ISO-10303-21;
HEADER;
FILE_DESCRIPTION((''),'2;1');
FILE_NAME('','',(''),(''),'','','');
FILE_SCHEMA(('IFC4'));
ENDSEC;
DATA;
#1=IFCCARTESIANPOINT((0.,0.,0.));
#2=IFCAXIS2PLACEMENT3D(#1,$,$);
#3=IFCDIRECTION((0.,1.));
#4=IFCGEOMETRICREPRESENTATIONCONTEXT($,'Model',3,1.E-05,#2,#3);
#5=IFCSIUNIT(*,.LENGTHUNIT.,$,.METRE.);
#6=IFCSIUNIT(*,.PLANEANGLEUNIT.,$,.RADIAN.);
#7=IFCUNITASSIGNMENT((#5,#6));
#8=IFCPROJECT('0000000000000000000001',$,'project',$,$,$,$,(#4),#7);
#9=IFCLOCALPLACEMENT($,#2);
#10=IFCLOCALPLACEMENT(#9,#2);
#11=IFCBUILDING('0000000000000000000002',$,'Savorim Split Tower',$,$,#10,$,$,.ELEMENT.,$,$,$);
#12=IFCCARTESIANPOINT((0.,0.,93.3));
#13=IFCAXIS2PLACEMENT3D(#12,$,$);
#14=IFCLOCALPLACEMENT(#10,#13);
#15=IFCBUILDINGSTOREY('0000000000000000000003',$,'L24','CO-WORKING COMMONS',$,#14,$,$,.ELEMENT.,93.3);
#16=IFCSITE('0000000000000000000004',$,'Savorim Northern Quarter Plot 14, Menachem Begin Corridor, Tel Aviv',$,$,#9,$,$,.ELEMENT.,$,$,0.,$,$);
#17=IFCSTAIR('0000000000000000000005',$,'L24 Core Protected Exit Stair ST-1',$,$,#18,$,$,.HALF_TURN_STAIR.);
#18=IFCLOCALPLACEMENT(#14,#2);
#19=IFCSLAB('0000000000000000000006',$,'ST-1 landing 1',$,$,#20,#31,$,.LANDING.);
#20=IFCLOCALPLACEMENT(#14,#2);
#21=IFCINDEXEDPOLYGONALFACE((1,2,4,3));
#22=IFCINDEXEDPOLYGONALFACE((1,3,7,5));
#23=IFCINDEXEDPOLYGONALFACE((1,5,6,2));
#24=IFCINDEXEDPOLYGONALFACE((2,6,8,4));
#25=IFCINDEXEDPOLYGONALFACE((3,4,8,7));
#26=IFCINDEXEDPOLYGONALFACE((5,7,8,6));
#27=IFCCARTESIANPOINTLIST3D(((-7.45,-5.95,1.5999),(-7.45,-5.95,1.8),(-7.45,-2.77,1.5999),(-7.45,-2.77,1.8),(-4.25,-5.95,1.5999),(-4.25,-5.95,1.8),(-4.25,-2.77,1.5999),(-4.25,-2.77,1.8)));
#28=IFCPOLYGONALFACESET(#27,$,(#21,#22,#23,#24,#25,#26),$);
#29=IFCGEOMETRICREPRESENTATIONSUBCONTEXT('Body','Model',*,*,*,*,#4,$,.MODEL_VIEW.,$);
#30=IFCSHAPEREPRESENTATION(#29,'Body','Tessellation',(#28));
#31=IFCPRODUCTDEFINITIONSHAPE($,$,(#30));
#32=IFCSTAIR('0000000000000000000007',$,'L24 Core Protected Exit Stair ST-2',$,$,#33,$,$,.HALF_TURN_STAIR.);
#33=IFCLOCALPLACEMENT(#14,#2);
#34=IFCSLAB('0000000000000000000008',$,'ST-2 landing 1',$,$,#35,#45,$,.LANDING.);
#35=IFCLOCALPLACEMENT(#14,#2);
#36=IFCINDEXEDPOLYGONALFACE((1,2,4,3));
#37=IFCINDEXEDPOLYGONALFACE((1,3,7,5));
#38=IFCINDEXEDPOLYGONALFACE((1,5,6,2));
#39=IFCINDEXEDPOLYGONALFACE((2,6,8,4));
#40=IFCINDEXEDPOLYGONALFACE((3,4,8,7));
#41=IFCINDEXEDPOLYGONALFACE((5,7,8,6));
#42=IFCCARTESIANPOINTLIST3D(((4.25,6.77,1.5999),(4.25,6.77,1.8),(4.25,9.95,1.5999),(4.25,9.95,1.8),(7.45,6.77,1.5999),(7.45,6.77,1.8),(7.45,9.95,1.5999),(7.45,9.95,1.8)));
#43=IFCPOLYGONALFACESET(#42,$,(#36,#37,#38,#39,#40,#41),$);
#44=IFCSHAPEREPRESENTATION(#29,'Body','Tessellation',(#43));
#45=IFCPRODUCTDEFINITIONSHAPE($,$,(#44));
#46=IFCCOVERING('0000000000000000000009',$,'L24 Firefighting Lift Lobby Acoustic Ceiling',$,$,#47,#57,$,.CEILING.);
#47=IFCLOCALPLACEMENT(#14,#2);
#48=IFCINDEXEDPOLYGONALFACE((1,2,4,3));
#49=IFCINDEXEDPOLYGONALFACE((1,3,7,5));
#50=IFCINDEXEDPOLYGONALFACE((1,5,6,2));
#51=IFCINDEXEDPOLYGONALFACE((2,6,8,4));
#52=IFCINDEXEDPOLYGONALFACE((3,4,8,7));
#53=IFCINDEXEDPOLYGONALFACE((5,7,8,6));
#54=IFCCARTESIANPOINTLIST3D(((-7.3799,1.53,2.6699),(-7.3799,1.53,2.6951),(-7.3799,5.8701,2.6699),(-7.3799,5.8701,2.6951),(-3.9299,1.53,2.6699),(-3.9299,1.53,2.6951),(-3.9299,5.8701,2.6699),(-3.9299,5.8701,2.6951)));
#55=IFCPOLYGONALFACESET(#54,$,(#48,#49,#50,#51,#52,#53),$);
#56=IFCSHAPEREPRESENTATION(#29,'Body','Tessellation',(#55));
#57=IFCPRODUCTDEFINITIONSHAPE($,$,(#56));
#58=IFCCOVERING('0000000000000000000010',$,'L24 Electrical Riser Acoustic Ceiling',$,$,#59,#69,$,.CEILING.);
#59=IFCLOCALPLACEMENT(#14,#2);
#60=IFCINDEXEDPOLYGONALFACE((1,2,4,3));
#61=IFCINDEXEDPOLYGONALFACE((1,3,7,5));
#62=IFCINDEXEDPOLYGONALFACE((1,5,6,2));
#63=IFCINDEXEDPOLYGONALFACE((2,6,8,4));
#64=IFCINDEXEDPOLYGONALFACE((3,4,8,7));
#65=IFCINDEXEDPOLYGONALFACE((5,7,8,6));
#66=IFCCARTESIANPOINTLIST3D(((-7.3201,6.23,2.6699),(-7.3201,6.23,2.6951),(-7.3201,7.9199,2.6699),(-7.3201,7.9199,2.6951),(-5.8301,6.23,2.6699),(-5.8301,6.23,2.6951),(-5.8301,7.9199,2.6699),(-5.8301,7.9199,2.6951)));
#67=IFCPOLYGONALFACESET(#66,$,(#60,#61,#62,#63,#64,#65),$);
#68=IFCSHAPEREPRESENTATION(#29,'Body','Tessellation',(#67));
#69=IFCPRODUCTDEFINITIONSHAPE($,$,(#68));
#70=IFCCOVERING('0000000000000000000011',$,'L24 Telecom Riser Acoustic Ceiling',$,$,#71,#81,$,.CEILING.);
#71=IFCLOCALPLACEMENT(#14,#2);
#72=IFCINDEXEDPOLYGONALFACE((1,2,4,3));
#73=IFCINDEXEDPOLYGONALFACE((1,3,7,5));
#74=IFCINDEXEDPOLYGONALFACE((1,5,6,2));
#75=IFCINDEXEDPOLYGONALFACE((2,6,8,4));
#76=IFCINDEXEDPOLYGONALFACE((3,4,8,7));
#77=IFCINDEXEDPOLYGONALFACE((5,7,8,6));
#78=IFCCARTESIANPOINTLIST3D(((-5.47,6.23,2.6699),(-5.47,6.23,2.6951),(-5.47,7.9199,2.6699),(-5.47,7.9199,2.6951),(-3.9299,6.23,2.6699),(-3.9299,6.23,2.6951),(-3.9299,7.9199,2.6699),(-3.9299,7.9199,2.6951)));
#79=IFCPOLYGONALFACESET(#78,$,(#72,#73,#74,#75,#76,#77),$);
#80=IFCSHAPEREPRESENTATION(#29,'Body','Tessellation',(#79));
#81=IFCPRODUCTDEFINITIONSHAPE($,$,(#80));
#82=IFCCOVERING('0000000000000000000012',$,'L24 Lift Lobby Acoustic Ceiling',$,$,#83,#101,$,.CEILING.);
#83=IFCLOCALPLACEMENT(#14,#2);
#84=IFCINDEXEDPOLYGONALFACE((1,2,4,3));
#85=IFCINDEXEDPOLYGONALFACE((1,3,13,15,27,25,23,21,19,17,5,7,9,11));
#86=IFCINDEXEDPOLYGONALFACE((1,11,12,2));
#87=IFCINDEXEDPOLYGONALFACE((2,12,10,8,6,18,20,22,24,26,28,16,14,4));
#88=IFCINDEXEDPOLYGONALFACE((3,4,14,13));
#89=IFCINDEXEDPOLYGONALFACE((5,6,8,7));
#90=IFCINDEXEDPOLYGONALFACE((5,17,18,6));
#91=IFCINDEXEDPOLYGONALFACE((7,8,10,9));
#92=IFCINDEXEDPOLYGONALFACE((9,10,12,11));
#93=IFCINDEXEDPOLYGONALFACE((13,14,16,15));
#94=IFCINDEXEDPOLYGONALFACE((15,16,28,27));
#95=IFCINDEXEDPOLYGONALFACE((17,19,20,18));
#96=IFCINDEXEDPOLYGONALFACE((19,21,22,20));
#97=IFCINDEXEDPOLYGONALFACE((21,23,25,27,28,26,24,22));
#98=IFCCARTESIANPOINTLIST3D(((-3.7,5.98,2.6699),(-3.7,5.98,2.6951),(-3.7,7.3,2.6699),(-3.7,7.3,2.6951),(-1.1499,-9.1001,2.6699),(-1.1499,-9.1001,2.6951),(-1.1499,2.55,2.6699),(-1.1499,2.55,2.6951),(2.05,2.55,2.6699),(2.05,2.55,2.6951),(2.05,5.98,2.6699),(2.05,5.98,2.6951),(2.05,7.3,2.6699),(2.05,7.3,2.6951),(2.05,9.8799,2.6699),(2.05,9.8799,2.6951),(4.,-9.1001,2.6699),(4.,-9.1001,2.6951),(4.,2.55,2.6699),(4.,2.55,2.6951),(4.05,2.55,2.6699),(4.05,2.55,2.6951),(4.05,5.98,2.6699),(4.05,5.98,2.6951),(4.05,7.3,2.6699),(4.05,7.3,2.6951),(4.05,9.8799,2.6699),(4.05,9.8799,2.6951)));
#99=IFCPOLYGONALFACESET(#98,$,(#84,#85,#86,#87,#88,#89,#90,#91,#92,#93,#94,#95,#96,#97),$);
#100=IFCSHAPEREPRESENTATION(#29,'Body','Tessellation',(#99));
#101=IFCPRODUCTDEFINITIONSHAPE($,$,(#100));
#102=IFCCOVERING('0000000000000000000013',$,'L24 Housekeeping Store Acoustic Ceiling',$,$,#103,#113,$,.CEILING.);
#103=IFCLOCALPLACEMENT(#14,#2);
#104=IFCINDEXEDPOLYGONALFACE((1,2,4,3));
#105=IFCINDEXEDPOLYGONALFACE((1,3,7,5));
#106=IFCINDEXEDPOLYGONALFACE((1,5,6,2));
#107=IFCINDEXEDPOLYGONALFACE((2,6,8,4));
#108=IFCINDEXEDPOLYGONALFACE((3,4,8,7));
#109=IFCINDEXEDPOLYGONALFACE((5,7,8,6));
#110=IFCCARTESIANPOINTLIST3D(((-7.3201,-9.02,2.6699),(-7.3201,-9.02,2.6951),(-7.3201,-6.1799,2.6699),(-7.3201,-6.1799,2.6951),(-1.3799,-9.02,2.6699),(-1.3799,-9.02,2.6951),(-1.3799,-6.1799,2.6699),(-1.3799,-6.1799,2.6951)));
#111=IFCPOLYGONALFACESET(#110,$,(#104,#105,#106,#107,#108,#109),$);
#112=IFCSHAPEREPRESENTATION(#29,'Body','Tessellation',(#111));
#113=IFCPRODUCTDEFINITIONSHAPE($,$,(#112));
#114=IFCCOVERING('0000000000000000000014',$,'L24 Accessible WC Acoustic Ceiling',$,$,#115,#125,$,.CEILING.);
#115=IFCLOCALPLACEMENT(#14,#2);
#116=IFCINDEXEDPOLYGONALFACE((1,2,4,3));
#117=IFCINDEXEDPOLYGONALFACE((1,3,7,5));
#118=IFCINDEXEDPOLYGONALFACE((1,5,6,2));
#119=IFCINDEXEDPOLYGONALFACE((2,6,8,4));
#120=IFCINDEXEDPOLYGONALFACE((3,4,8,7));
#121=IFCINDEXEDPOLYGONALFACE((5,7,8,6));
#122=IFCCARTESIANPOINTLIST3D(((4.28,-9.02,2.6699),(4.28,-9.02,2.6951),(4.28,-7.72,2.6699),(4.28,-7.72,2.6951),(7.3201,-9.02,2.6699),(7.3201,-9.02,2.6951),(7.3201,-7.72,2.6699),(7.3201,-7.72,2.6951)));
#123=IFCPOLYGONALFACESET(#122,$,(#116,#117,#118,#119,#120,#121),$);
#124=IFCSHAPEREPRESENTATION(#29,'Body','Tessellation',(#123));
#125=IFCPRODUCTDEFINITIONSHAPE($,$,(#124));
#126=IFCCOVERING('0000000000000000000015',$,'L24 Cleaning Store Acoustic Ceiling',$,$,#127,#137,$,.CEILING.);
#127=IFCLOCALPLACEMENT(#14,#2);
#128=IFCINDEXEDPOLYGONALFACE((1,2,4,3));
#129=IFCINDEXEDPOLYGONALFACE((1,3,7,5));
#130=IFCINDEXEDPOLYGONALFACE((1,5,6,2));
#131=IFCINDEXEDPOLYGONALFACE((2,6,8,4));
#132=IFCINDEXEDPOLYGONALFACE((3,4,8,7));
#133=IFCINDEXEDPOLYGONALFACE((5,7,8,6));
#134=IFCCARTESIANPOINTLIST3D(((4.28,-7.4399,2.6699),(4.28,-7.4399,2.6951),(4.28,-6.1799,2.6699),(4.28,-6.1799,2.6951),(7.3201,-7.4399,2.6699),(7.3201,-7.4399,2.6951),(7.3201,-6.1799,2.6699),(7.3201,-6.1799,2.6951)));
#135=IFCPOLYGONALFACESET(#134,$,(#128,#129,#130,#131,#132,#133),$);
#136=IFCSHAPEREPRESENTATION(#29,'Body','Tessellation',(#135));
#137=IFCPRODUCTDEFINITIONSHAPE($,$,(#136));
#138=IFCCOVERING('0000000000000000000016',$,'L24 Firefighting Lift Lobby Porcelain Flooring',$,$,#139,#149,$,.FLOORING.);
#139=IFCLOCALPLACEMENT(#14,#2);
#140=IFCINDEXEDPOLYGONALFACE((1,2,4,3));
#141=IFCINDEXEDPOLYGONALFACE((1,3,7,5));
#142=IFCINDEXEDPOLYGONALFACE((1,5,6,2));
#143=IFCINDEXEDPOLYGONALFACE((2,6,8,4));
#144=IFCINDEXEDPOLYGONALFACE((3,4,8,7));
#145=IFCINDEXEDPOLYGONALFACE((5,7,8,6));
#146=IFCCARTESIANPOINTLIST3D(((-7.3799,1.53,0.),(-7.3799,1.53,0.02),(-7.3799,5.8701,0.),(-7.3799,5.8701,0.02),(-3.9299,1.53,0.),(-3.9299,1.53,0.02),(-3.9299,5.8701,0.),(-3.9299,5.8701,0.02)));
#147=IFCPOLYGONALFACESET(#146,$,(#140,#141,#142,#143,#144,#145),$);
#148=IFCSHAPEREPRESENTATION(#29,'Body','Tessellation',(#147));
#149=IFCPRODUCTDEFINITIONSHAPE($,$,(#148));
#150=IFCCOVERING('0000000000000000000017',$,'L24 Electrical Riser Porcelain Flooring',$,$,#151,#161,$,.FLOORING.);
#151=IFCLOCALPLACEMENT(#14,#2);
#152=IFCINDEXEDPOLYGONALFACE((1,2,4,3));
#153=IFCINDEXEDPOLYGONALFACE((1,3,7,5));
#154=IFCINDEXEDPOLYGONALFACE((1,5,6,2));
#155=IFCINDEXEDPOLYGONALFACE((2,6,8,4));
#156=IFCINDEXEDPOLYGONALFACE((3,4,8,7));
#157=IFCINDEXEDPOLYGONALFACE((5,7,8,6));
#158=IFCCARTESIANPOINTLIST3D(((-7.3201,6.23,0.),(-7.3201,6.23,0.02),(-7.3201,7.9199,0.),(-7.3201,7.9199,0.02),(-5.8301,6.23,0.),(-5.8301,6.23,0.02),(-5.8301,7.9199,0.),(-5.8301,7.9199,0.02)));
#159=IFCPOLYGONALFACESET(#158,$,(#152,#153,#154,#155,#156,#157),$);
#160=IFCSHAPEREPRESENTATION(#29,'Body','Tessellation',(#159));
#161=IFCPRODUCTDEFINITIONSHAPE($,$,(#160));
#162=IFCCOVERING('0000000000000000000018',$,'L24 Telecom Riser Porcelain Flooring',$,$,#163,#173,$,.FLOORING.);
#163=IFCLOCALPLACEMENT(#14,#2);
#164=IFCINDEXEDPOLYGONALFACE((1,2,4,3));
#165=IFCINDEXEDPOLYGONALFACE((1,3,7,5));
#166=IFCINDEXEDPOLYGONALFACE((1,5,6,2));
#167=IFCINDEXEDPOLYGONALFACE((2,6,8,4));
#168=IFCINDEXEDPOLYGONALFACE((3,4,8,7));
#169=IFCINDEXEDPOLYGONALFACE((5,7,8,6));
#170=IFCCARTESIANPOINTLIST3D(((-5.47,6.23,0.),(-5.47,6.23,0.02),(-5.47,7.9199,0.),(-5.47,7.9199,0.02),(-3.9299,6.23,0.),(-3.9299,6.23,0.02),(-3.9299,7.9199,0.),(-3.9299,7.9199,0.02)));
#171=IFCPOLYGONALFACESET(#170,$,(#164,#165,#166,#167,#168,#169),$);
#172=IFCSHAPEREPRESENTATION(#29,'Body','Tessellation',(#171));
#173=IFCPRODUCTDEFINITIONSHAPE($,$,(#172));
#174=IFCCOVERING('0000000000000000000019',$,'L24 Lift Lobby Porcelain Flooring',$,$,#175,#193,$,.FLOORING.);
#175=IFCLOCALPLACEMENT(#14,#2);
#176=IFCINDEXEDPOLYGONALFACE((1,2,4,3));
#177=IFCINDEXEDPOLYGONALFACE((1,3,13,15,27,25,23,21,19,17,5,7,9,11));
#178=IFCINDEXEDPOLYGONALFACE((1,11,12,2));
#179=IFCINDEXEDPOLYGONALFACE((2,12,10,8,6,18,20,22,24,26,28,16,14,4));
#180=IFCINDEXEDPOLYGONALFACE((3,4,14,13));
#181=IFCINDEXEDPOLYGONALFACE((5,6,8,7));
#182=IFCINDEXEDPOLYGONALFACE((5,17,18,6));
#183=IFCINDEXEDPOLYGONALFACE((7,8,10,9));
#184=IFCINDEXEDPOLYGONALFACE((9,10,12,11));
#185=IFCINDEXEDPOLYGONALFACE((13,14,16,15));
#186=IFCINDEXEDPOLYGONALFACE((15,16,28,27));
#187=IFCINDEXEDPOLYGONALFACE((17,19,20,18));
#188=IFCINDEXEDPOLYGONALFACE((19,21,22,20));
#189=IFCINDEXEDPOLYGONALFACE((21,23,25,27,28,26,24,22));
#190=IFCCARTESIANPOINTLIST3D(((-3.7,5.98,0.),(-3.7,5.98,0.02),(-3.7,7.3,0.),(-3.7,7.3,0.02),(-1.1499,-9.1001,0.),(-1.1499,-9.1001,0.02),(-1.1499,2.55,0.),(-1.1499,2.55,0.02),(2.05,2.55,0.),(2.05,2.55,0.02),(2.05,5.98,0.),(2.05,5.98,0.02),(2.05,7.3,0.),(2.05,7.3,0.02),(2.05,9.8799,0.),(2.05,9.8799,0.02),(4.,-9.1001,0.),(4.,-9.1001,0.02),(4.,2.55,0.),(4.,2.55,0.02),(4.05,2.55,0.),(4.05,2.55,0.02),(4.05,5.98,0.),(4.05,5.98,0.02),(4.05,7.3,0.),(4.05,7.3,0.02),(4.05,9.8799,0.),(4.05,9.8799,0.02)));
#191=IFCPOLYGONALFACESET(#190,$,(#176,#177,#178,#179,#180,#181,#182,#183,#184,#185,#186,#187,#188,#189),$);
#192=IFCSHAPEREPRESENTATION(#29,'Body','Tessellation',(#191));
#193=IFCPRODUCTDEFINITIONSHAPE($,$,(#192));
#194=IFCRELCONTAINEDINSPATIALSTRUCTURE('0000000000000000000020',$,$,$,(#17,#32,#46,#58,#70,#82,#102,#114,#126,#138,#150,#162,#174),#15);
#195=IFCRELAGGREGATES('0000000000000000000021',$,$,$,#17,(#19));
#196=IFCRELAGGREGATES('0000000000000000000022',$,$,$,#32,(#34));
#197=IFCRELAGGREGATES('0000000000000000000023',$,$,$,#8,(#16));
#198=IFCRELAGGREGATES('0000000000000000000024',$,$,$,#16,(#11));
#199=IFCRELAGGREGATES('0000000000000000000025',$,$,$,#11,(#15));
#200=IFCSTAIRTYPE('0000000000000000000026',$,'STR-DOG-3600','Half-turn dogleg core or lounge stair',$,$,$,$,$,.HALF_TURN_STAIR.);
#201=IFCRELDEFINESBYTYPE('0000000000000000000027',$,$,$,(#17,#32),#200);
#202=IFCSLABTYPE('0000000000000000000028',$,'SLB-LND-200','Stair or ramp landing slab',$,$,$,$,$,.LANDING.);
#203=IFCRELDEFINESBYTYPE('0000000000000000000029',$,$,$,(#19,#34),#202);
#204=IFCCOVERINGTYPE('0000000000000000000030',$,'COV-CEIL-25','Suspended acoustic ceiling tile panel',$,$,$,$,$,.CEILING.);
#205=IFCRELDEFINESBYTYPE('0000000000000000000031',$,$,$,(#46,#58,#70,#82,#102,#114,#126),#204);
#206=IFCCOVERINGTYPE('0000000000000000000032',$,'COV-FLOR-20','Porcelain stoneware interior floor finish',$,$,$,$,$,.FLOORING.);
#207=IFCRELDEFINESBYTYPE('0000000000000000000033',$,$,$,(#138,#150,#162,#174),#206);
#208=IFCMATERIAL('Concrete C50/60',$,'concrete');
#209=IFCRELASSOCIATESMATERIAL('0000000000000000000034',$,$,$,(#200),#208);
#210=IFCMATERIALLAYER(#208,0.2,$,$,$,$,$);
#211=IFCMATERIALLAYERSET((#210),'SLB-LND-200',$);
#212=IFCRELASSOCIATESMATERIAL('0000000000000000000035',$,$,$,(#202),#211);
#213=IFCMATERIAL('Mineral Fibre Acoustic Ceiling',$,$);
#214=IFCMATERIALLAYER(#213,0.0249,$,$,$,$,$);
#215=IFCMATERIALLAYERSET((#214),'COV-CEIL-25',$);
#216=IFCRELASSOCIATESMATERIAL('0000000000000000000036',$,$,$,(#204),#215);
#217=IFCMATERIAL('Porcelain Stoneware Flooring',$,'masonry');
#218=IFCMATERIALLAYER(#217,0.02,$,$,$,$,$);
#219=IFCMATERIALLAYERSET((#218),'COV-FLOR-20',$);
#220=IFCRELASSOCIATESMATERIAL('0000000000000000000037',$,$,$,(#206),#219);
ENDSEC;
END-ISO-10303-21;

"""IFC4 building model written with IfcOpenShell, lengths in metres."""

from ifc_helpers import new_model, si_unit, direction, frame, origin, place, context, subcontext, project, spatial, polyline, outline, extrude, material, layer, layer_set, type_object, element, aggregate, save


model = new_model("IFC4")

# Units and contexts
model_context = context("Model", 3, precision=1e-05, world=origin(), true_north=direction((0.0, 1.0)))
body_context = subcontext(model_context, "Body", "Model", "MODEL_VIEW")
ifc_project = project(units=[si_unit("LENGTHUNIT", "METRE"), si_unit("PLANEANGLEUNIT", "RADIAN")], contexts=[model_context])

# Site, building, storey
site_placement = place(None, origin())
site = spatial("IfcSite", under=ifc_project, at=site_placement, Name="Savorim Northern Quarter Plot 14, Menachem Begin Corridor, Tel Aviv", CompositionType="ELEMENT", RefElevation=0.0)
building_placement = place(site_placement, origin())
building = spatial("IfcBuilding", under=site, at=building_placement, Name="Savorim Split Tower", CompositionType="ELEMENT")
storey_placement = place(building_placement, frame((0.0, 0.0, 93.3)))
storey = spatial("IfcBuildingStorey", under=building, at=storey_placement, Name="L24", Description="CO-WORKING COMMONS", CompositionType="ELEMENT", Elevation=93.3)

# Stairs, slabs
ifc_material_1 = material(Name="Concrete C50/60", Category="concrete")
stair_type = type_object("IfcStairType", Name="STR-DOG-3600", Description="Half-turn dogleg core or lounge stair", PredefinedType="HALF_TURN_STAIR", material=ifc_material_1)
stair_1_placement = place(storey_placement, origin())
stair_1 = element("IfcStair", 1, at=stair_1_placement, inside=storey, type_object=stair_type, Name="L24 Core Protected Exit Stair ST-1", PredefinedType="HALF_TURN_STAIR")
ifc_layer_1 = layer(ifc_material_1, 0.2)
ifc_layer_set_1 = layer_set([ifc_layer_1], Name="SLB-LND-200")
slab_type = type_object("IfcSlabType", Name="SLB-LND-200", Description="Stair or ramp landing slab", PredefinedType="LANDING", material=ifc_layer_set_1)
slab_1_placement = place(storey_placement, frame((0.0, 0.0, 1.5999)))
slab_1 = element("IfcSlab", 2, at=slab_1_placement, type_object=slab_type, Name="ST-1 landing 1", PredefinedType="LANDING", context=body_context, shape_type="SweptSolid", body=[
    extrude(outline(polyline([(-7.45, -2.77), (-7.45, -5.95), (-4.25, -5.95), (-4.25, -2.77), (-7.45, -2.77)])), origin(), (0.0, 0.0, 1.0), 0.2002),
])
aggregate(stair_1, [slab_1])
stair_2_placement = place(storey_placement, origin())
stair_2 = element("IfcStair", 3, at=stair_2_placement, inside=storey, type_object=stair_type, Name="L24 Core Protected Exit Stair ST-2", PredefinedType="HALF_TURN_STAIR")
slab_2_placement = place(storey_placement, frame((0.0, 0.0, 1.5999)))
slab_2 = element("IfcSlab", 4, at=slab_2_placement, type_object=slab_type, Name="ST-2 landing 1", PredefinedType="LANDING", context=body_context, shape_type="SweptSolid", body=[
    extrude(outline(polyline([(7.45, 6.77), (7.45, 9.95), (4.25, 9.95), (4.25, 6.77), (7.45, 6.77)])), origin(), (0.0, 0.0, 1.0), 0.2002),
])
aggregate(stair_2, [slab_2])

# Coverings
ifc_material_2 = material(Name="Mineral Fibre Acoustic Ceiling")
ifc_layer_2 = layer(ifc_material_2, 0.0249)
ifc_layer_set_2 = layer_set([ifc_layer_2], Name="COV-CEIL-25")
covering_type_1 = type_object("IfcCoveringType", Name="COV-CEIL-25", Description="Suspended acoustic ceiling tile panel", PredefinedType="CEILING", material=ifc_layer_set_2)
covering_1_placement = place(storey_placement, frame((0.0, 0.0, 2.6699)))
element("IfcCovering", 5, at=covering_1_placement, inside=storey, type_object=covering_type_1, Name="L24 Firefighting Lift Lobby Acoustic Ceiling", PredefinedType="CEILING", context=body_context, shape_type="SweptSolid", body=[
    extrude(outline(polyline([(-7.3799, 5.8701), (-7.3799, 1.53), (-3.9299, 1.53), (-3.9299, 5.8701), (-7.3799, 5.8701)])), origin(), (0.0, 0.0, 1.0), 0.0251),
])
covering_2_placement = place(storey_placement, frame((0.0, 0.0, 2.6699)))
element("IfcCovering", 6, at=covering_2_placement, inside=storey, type_object=covering_type_1, Name="L24 Electrical Riser Acoustic Ceiling", PredefinedType="CEILING", context=body_context, shape_type="SweptSolid", body=[
    extrude(outline(polyline([(-7.3201, 7.9199), (-7.3201, 6.23), (-5.8301, 6.23), (-5.8301, 7.9199), (-7.3201, 7.9199)])), origin(), (0.0, 0.0, 1.0), 0.0251),
])
covering_3_placement = place(storey_placement, frame((0.0, 0.0, 2.6699)))
element("IfcCovering", 7, at=covering_3_placement, inside=storey, type_object=covering_type_1, Name="L24 Telecom Riser Acoustic Ceiling", PredefinedType="CEILING", context=body_context, shape_type="SweptSolid", body=[
    extrude(outline(polyline([(-5.47, 7.9199), (-5.47, 6.23), (-3.9299, 6.23), (-3.9299, 7.9199), (-5.47, 7.9199)])), origin(), (0.0, 0.0, 1.0), 0.0251),
])
covering_4_placement = place(storey_placement, frame((0.0, 0.0, 2.6699)))
element("IfcCovering", 8, at=covering_4_placement, inside=storey, type_object=covering_type_1, Name="L24 Lift Lobby Acoustic Ceiling", PredefinedType="CEILING", context=body_context, shape_type="SweptSolid", body=[
    extrude(outline(polyline([(2.05, 2.55), (-1.1499, 2.55), (-1.1499, -9.1001), (4.0, -9.1001), (4.0, 2.55), (4.05, 2.55), (4.05, 5.98), (4.05, 7.3), (4.05, 9.8799), (2.05, 9.8799), (2.05, 7.3), (-3.7, 7.3), (-3.7, 5.98), (2.05, 5.98), (2.05, 2.55)])), origin(), (0.0, 0.0, 1.0), 0.0251),
])
covering_5_placement = place(storey_placement, frame((0.0, 0.0, 2.6699)))
element("IfcCovering", 9, at=covering_5_placement, inside=storey, type_object=covering_type_1, Name="L24 Housekeeping Store Acoustic Ceiling", PredefinedType="CEILING", context=body_context, shape_type="SweptSolid", body=[
    extrude(outline(polyline([(-7.3201, -6.1799), (-7.3201, -9.02), (-1.3799, -9.02), (-1.3799, -6.1799), (-7.3201, -6.1799)])), origin(), (0.0, 0.0, 1.0), 0.0251),
])
covering_6_placement = place(storey_placement, frame((0.0, 0.0, 2.6699)))
element("IfcCovering", 10, at=covering_6_placement, inside=storey, type_object=covering_type_1, Name="L24 Accessible WC Acoustic Ceiling", PredefinedType="CEILING", context=body_context, shape_type="SweptSolid", body=[
    extrude(outline(polyline([(4.28, -7.72), (4.28, -9.02), (7.3201, -9.02), (7.3201, -7.72), (4.28, -7.72)])), origin(), (0.0, 0.0, 1.0), 0.0251),
])
covering_7_placement = place(storey_placement, frame((0.0, 0.0, 2.6699)))
element("IfcCovering", 11, at=covering_7_placement, inside=storey, type_object=covering_type_1, Name="L24 Cleaning Store Acoustic Ceiling", PredefinedType="CEILING", context=body_context, shape_type="SweptSolid", body=[
    extrude(outline(polyline([(4.28, -6.1799), (4.28, -7.4399), (7.3201, -7.4399), (7.3201, -6.1799), (4.28, -6.1799)])), origin(), (0.0, 0.0, 1.0), 0.0251),
])
ifc_material_3 = material(Name="Porcelain Stoneware Flooring", Category="masonry")
ifc_layer_3 = layer(ifc_material_3, 0.02)
ifc_layer_set_3 = layer_set([ifc_layer_3], Name="COV-FLOR-20")
covering_type_2 = type_object("IfcCoveringType", Name="COV-FLOR-20", Description="Porcelain stoneware interior floor finish", PredefinedType="FLOORING", material=ifc_layer_set_3)
covering_8_placement = place(storey_placement, origin())
element("IfcCovering", 12, at=covering_8_placement, inside=storey, type_object=covering_type_2, Name="L24 Firefighting Lift Lobby Porcelain Flooring", PredefinedType="FLOORING", context=body_context, shape_type="SweptSolid", body=[
    extrude(outline(polyline([(-7.3799, 5.8701), (-7.3799, 1.53), (-3.9299, 1.53), (-3.9299, 5.8701), (-7.3799, 5.8701)])), origin(), (0.0, 0.0, 1.0), 0.02),
])
covering_9_placement = place(storey_placement, origin())
element("IfcCovering", 13, at=covering_9_placement, inside=storey, type_object=covering_type_2, Name="L24 Electrical Riser Porcelain Flooring", PredefinedType="FLOORING", context=body_context, shape_type="SweptSolid", body=[
    extrude(outline(polyline([(-7.3201, 7.9199), (-7.3201, 6.23), (-5.8301, 6.23), (-5.8301, 7.9199), (-7.3201, 7.9199)])), origin(), (0.0, 0.0, 1.0), 0.02),
])
covering_10_placement = place(storey_placement, origin())
element("IfcCovering", 14, at=covering_10_placement, inside=storey, type_object=covering_type_2, Name="L24 Telecom Riser Porcelain Flooring", PredefinedType="FLOORING", context=body_context, shape_type="SweptSolid", body=[
    extrude(outline(polyline([(-5.47, 7.9199), (-5.47, 6.23), (-3.9299, 6.23), (-3.9299, 7.9199), (-5.47, 7.9199)])), origin(), (0.0, 0.0, 1.0), 0.02),
])
covering_11_placement = place(storey_placement, origin())
element("IfcCovering", 15, at=covering_11_placement, inside=storey, type_object=covering_type_2, Name="L24 Lift Lobby Porcelain Flooring", PredefinedType="FLOORING", context=body_context, shape_type="SweptSolid", body=[
    extrude(outline(polyline([(2.05, 2.55), (-1.1499, 2.55), (-1.1499, -9.1001), (4.0, -9.1001), (4.0, 2.55), (4.05, 2.55), (4.05, 5.98), (4.05, 7.3), (4.05, 9.8799), (2.05, 9.8799), (2.05, 7.3), (-3.7, 7.3), (-3.7, 5.98), (2.05, 5.98), (2.05, 2.55)])), origin(), (0.0, 0.0, 1.0), 0.02),
])

save(model, "model.ifc")
